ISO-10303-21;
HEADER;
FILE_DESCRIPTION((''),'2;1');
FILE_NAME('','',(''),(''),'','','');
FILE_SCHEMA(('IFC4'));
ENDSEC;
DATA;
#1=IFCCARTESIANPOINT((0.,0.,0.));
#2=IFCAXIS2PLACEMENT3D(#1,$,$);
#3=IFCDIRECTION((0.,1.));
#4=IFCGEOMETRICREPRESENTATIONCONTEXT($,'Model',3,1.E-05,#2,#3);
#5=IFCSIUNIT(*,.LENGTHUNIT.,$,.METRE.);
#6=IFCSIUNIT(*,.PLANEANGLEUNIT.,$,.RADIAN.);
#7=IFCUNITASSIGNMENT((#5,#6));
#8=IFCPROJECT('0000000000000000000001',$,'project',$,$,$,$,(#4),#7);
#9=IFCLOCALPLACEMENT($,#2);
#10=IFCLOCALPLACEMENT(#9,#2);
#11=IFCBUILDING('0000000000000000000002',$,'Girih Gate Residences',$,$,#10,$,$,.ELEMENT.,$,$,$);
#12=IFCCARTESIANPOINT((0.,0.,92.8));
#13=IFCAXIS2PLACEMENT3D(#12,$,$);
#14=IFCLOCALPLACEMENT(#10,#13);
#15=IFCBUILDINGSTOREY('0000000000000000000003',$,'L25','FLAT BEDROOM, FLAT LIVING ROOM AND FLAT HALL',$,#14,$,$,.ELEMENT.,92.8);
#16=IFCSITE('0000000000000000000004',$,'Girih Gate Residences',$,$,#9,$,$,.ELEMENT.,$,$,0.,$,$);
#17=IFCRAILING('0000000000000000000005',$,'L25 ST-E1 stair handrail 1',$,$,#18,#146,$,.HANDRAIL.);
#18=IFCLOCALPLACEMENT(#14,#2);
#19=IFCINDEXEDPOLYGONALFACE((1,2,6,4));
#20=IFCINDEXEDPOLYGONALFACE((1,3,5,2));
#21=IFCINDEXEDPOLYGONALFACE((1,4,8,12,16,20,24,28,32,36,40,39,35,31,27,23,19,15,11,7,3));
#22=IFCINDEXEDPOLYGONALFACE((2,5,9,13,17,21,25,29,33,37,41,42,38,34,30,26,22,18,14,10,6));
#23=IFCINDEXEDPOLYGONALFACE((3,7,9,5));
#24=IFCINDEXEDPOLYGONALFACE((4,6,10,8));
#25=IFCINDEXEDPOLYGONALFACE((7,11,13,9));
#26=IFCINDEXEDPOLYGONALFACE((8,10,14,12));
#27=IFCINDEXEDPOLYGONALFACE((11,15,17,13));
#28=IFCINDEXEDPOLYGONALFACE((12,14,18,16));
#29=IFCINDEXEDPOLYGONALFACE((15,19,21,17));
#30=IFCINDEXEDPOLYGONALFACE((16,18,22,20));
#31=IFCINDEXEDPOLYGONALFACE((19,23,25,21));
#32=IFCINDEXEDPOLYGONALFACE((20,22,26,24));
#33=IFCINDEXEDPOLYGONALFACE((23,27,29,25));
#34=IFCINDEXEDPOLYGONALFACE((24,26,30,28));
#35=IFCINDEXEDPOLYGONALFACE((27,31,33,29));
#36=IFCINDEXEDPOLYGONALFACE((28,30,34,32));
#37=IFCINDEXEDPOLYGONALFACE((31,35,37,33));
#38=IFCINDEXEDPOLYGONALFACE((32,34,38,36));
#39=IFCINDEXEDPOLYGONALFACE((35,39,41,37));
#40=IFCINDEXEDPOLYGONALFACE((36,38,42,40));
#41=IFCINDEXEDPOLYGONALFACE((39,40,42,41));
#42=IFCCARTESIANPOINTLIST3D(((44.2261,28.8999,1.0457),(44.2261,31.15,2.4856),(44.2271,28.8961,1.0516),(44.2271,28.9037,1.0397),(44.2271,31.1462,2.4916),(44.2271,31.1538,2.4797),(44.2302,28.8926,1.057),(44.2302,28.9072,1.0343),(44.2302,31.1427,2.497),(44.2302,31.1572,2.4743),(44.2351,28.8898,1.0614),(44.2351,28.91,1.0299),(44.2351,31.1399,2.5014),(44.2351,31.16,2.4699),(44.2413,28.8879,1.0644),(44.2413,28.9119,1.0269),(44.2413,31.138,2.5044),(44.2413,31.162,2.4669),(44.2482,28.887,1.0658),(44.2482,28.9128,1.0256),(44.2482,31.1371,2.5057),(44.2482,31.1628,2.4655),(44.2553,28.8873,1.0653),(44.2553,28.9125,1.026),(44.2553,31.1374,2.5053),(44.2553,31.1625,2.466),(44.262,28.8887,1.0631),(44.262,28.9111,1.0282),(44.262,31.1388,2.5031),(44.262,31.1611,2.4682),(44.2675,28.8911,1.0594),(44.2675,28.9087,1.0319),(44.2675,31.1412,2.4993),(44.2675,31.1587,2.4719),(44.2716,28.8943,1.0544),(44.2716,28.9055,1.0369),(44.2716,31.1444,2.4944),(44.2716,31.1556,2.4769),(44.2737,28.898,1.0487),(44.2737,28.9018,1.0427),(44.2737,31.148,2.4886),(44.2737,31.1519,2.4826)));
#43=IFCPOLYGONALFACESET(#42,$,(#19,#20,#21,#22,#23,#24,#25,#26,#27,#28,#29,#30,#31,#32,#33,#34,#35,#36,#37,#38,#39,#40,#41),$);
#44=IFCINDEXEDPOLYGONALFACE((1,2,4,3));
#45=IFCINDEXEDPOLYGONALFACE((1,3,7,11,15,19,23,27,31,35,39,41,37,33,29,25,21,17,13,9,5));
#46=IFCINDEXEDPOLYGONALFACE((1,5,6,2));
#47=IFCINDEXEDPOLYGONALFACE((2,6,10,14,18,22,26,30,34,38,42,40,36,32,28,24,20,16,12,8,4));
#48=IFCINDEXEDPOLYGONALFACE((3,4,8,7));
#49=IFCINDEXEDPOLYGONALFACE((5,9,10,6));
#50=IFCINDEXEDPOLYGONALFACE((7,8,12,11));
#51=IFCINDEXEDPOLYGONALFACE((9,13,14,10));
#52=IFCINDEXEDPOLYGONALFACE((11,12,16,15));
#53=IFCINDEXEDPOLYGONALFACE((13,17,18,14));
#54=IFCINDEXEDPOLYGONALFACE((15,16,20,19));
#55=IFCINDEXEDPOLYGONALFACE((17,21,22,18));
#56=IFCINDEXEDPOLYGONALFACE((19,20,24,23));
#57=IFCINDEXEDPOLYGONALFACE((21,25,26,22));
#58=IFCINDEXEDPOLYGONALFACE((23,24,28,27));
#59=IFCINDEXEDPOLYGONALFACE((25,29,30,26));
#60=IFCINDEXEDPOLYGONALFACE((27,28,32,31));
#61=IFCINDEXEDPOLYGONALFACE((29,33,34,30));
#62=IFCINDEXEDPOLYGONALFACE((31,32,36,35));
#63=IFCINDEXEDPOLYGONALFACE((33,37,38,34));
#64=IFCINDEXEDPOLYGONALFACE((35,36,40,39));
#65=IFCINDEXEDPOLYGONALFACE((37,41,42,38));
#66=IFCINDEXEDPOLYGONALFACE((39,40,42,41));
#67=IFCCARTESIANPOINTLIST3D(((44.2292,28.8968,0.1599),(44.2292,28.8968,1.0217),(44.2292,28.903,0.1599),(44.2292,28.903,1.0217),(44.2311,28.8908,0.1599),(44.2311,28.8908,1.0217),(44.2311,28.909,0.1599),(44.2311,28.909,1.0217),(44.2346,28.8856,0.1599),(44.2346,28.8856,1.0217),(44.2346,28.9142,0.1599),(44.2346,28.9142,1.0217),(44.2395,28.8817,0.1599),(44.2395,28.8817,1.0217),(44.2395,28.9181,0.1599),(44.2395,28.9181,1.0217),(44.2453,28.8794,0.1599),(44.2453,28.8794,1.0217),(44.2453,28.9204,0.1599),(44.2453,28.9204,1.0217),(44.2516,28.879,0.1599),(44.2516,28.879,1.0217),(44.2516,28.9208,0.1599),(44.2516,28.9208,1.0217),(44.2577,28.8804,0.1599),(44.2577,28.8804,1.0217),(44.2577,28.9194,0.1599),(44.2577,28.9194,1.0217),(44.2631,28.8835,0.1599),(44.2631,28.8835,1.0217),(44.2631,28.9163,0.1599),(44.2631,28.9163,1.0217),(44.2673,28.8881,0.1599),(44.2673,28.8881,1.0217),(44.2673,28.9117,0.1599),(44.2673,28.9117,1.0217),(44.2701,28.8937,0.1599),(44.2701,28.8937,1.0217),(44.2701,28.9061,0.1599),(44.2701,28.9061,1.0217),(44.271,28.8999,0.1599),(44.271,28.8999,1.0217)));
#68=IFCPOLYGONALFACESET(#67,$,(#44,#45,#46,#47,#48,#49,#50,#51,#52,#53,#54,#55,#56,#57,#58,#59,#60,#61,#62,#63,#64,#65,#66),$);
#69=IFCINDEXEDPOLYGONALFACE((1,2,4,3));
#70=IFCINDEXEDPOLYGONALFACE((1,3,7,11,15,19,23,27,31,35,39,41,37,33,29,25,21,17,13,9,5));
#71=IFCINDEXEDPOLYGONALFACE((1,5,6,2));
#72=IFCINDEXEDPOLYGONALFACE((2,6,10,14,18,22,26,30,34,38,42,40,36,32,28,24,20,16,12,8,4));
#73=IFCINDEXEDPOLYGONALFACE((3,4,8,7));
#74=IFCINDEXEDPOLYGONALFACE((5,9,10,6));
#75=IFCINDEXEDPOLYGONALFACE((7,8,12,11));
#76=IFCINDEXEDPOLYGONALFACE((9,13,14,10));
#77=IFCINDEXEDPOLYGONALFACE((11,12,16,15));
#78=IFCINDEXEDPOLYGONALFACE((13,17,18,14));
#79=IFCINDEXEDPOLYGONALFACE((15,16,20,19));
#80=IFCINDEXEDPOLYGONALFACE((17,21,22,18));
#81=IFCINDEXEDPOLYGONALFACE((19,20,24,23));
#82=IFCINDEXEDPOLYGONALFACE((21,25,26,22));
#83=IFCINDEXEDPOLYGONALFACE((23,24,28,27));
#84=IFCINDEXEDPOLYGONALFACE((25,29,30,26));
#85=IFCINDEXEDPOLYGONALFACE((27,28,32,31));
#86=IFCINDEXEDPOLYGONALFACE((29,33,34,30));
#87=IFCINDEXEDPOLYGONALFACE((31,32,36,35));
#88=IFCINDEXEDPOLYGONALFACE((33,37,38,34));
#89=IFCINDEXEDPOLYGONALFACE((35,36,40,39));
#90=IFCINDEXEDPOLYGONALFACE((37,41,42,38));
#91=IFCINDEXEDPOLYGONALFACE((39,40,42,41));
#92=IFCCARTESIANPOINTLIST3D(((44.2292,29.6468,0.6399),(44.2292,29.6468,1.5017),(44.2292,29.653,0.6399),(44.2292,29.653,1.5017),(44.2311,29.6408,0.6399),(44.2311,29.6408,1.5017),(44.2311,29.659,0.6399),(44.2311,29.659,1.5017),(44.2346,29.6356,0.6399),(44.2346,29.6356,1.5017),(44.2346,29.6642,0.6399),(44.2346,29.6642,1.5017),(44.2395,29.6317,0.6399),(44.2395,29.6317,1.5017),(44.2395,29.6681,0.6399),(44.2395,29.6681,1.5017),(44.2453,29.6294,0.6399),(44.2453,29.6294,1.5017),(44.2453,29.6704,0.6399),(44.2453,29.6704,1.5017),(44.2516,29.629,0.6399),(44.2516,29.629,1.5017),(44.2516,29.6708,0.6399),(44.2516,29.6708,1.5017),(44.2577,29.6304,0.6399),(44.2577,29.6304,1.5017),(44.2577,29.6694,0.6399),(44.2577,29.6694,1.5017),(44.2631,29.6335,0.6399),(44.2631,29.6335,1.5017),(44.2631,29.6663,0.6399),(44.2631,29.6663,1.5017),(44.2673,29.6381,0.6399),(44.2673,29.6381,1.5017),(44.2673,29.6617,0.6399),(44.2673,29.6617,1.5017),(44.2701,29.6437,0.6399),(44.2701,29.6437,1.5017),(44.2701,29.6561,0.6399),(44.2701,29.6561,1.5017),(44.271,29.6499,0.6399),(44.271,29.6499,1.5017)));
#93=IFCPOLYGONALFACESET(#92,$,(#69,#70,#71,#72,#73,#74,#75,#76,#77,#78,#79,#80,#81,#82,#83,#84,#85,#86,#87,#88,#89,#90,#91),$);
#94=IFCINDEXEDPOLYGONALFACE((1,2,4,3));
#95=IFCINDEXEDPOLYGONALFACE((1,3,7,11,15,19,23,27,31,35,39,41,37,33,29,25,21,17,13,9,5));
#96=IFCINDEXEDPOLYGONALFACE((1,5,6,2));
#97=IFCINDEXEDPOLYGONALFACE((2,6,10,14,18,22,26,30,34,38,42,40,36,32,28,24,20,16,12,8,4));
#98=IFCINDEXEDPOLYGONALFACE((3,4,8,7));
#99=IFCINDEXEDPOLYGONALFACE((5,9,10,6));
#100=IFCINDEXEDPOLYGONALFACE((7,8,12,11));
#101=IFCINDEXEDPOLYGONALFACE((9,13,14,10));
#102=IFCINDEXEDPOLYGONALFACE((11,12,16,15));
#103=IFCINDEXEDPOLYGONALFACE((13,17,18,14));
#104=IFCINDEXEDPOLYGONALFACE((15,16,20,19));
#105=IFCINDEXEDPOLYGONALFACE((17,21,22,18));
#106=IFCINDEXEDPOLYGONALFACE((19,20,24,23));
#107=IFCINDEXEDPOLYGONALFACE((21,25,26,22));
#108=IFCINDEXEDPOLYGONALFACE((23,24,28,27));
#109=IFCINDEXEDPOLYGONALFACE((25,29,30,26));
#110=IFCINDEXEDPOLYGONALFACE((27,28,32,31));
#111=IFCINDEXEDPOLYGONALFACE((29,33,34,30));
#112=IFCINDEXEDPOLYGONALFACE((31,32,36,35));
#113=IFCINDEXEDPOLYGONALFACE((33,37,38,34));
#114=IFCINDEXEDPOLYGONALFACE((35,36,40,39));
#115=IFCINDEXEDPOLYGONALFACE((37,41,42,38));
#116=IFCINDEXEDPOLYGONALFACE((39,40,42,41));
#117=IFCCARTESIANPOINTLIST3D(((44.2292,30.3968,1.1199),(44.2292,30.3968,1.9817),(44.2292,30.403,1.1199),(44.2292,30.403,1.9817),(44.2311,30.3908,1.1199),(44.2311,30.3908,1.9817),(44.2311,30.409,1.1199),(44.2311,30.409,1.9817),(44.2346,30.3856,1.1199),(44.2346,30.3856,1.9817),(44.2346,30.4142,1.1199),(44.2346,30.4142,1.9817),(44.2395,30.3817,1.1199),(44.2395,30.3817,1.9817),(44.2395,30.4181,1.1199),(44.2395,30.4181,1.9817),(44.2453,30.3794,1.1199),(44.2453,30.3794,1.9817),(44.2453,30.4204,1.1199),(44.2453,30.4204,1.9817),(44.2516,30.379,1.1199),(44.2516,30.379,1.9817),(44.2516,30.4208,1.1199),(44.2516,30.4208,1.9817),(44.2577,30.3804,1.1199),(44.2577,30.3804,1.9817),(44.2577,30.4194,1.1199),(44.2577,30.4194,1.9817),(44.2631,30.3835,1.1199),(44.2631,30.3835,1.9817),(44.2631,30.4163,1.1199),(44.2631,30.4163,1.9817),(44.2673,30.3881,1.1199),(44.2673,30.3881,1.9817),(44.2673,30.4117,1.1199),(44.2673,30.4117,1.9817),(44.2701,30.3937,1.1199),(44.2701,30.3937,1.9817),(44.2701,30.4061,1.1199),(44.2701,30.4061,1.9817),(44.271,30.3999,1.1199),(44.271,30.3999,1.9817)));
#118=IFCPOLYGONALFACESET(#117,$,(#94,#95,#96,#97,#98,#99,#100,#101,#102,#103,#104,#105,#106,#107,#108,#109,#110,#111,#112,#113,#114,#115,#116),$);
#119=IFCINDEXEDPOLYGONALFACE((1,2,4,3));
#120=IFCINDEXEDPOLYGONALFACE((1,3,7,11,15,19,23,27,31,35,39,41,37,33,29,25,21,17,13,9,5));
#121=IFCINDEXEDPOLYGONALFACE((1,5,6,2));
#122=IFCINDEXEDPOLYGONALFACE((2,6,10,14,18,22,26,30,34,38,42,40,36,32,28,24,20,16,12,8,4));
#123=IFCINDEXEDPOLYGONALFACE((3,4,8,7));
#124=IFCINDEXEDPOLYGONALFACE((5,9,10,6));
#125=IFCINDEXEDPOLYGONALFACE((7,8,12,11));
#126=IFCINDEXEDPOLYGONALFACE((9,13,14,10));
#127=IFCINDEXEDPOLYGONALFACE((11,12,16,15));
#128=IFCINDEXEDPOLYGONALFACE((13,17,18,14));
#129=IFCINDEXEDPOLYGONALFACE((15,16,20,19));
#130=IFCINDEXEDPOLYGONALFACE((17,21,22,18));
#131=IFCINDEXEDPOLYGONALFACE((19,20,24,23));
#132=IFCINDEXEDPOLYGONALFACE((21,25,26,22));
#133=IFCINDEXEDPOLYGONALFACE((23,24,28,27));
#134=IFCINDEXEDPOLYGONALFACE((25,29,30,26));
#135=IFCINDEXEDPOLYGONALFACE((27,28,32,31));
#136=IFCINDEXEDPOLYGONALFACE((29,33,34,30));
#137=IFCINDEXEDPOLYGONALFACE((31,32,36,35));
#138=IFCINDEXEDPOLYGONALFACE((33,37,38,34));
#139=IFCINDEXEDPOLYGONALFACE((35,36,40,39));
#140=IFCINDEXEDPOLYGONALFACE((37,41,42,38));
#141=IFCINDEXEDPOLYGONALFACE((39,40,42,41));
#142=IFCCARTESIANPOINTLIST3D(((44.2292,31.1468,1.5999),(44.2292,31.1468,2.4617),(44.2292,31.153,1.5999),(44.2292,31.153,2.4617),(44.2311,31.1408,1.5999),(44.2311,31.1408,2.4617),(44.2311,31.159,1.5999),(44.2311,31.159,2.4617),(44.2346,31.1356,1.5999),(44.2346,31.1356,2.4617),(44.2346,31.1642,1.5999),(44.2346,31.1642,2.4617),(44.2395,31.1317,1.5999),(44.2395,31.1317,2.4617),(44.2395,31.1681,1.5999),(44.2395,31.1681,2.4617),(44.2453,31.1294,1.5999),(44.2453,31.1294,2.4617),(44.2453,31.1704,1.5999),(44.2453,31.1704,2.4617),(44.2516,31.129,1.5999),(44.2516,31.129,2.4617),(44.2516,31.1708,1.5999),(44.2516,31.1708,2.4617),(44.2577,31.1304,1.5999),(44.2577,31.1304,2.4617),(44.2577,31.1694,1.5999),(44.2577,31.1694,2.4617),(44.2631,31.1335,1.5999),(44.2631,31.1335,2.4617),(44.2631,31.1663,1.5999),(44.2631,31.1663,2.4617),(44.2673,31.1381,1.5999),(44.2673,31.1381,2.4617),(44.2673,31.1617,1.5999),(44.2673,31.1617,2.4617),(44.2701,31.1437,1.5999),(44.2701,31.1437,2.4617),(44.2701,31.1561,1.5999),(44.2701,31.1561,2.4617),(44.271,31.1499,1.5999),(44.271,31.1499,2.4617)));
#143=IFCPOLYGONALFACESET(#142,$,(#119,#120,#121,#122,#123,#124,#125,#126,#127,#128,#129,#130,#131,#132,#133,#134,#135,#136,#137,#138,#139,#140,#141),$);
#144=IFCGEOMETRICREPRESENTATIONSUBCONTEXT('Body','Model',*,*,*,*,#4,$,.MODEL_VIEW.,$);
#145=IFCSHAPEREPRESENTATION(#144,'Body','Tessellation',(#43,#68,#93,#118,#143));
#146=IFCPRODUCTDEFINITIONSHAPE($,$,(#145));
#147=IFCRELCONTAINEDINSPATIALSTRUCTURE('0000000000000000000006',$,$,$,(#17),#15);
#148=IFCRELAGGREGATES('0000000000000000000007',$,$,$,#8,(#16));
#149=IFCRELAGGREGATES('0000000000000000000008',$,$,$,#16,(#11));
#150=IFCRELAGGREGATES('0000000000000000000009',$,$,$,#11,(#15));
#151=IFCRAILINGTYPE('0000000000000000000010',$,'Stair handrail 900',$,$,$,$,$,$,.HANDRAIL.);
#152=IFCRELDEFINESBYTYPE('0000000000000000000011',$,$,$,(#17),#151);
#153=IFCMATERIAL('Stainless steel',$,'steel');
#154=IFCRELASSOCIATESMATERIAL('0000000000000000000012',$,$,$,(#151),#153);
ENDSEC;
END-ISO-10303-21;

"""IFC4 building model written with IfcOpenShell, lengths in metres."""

from ifc_helpers import new_model, si_unit, direction, frame, origin, origin_2d, place, context, subcontext, project, spatial, circle, extrude, material, type_object, element, save


model = new_model("IFC4")

# Units and contexts
model_context = context("Model", 3, precision=1e-05, world=origin(), true_north=direction((0.0, 1.0)))
body_context = subcontext(model_context, "Body", "Model", "MODEL_VIEW")
ifc_project = project(units=[si_unit("LENGTHUNIT", "METRE"), si_unit("PLANEANGLEUNIT", "RADIAN")], contexts=[model_context])

# Site, building, storey
site_placement = place(None, origin())
site = spatial("IfcSite", under=ifc_project, at=site_placement, Name="Girih Gate Residences", CompositionType="ELEMENT", RefElevation=0.0)
building_placement = place(site_placement, origin())
building = spatial("IfcBuilding", under=site, at=building_placement, Name="Girih Gate Residences", CompositionType="ELEMENT")
storey_placement = place(building_placement, frame((0.0, 0.0, 92.8)))
storey = spatial("IfcBuildingStorey", under=building, at=storey_placement, Name="L25", Description="FLAT BEDROOM, FLAT LIVING ROOM AND FLAT HALL", CompositionType="ELEMENT", Elevation=92.8)

# Railing
ifc_material_1 = material(Name="Stainless steel", Category="steel")
railing_type_1 = type_object("IfcRailingType", Name="Stair handrail 900", PredefinedType="HANDRAIL", material=ifc_material_1)
railing_1_placement = place(storey_placement, frame((44.25, 28.8999, 0.1599)))
element("IfcRailing", 1, at=railing_1_placement, inside=storey, type_object=railing_type_1, Name="L25 ST-E1 stair handrail 1", PredefinedType="HANDRAIL", context=body_context, shape_type="SweptSolid", body=[
    extrude(circle(Radius=0.0239, at=origin_2d()), frame((0.0, 0.0, 0.8857), z_axis=(0.0, 0.842281, 0.539038), x_axis=(-1.0, 0.0, 0.0)), (0.0, 0.0, 1.0), 2.6714),
    extrude(circle(Radius=0.021, at=origin_2d()), origin(), (0.0, 0.0, 1.0), 0.8618),
    extrude(circle(Radius=0.021, at=origin_2d()), frame((0.0, 0.75, 0.48)), (0.0, 0.0, 1.0), 0.8618),
    extrude(circle(Radius=0.021, at=origin_2d()), frame((0.0, 1.5, 0.96)), (0.0, 0.0, 1.0), 0.8618),
    extrude(circle(Radius=0.021, at=origin_2d()), frame((0.0, 2.25, 1.4399)), (0.0, 0.0, 1.0), 0.8618),
])

save(model, "model.ifc")
